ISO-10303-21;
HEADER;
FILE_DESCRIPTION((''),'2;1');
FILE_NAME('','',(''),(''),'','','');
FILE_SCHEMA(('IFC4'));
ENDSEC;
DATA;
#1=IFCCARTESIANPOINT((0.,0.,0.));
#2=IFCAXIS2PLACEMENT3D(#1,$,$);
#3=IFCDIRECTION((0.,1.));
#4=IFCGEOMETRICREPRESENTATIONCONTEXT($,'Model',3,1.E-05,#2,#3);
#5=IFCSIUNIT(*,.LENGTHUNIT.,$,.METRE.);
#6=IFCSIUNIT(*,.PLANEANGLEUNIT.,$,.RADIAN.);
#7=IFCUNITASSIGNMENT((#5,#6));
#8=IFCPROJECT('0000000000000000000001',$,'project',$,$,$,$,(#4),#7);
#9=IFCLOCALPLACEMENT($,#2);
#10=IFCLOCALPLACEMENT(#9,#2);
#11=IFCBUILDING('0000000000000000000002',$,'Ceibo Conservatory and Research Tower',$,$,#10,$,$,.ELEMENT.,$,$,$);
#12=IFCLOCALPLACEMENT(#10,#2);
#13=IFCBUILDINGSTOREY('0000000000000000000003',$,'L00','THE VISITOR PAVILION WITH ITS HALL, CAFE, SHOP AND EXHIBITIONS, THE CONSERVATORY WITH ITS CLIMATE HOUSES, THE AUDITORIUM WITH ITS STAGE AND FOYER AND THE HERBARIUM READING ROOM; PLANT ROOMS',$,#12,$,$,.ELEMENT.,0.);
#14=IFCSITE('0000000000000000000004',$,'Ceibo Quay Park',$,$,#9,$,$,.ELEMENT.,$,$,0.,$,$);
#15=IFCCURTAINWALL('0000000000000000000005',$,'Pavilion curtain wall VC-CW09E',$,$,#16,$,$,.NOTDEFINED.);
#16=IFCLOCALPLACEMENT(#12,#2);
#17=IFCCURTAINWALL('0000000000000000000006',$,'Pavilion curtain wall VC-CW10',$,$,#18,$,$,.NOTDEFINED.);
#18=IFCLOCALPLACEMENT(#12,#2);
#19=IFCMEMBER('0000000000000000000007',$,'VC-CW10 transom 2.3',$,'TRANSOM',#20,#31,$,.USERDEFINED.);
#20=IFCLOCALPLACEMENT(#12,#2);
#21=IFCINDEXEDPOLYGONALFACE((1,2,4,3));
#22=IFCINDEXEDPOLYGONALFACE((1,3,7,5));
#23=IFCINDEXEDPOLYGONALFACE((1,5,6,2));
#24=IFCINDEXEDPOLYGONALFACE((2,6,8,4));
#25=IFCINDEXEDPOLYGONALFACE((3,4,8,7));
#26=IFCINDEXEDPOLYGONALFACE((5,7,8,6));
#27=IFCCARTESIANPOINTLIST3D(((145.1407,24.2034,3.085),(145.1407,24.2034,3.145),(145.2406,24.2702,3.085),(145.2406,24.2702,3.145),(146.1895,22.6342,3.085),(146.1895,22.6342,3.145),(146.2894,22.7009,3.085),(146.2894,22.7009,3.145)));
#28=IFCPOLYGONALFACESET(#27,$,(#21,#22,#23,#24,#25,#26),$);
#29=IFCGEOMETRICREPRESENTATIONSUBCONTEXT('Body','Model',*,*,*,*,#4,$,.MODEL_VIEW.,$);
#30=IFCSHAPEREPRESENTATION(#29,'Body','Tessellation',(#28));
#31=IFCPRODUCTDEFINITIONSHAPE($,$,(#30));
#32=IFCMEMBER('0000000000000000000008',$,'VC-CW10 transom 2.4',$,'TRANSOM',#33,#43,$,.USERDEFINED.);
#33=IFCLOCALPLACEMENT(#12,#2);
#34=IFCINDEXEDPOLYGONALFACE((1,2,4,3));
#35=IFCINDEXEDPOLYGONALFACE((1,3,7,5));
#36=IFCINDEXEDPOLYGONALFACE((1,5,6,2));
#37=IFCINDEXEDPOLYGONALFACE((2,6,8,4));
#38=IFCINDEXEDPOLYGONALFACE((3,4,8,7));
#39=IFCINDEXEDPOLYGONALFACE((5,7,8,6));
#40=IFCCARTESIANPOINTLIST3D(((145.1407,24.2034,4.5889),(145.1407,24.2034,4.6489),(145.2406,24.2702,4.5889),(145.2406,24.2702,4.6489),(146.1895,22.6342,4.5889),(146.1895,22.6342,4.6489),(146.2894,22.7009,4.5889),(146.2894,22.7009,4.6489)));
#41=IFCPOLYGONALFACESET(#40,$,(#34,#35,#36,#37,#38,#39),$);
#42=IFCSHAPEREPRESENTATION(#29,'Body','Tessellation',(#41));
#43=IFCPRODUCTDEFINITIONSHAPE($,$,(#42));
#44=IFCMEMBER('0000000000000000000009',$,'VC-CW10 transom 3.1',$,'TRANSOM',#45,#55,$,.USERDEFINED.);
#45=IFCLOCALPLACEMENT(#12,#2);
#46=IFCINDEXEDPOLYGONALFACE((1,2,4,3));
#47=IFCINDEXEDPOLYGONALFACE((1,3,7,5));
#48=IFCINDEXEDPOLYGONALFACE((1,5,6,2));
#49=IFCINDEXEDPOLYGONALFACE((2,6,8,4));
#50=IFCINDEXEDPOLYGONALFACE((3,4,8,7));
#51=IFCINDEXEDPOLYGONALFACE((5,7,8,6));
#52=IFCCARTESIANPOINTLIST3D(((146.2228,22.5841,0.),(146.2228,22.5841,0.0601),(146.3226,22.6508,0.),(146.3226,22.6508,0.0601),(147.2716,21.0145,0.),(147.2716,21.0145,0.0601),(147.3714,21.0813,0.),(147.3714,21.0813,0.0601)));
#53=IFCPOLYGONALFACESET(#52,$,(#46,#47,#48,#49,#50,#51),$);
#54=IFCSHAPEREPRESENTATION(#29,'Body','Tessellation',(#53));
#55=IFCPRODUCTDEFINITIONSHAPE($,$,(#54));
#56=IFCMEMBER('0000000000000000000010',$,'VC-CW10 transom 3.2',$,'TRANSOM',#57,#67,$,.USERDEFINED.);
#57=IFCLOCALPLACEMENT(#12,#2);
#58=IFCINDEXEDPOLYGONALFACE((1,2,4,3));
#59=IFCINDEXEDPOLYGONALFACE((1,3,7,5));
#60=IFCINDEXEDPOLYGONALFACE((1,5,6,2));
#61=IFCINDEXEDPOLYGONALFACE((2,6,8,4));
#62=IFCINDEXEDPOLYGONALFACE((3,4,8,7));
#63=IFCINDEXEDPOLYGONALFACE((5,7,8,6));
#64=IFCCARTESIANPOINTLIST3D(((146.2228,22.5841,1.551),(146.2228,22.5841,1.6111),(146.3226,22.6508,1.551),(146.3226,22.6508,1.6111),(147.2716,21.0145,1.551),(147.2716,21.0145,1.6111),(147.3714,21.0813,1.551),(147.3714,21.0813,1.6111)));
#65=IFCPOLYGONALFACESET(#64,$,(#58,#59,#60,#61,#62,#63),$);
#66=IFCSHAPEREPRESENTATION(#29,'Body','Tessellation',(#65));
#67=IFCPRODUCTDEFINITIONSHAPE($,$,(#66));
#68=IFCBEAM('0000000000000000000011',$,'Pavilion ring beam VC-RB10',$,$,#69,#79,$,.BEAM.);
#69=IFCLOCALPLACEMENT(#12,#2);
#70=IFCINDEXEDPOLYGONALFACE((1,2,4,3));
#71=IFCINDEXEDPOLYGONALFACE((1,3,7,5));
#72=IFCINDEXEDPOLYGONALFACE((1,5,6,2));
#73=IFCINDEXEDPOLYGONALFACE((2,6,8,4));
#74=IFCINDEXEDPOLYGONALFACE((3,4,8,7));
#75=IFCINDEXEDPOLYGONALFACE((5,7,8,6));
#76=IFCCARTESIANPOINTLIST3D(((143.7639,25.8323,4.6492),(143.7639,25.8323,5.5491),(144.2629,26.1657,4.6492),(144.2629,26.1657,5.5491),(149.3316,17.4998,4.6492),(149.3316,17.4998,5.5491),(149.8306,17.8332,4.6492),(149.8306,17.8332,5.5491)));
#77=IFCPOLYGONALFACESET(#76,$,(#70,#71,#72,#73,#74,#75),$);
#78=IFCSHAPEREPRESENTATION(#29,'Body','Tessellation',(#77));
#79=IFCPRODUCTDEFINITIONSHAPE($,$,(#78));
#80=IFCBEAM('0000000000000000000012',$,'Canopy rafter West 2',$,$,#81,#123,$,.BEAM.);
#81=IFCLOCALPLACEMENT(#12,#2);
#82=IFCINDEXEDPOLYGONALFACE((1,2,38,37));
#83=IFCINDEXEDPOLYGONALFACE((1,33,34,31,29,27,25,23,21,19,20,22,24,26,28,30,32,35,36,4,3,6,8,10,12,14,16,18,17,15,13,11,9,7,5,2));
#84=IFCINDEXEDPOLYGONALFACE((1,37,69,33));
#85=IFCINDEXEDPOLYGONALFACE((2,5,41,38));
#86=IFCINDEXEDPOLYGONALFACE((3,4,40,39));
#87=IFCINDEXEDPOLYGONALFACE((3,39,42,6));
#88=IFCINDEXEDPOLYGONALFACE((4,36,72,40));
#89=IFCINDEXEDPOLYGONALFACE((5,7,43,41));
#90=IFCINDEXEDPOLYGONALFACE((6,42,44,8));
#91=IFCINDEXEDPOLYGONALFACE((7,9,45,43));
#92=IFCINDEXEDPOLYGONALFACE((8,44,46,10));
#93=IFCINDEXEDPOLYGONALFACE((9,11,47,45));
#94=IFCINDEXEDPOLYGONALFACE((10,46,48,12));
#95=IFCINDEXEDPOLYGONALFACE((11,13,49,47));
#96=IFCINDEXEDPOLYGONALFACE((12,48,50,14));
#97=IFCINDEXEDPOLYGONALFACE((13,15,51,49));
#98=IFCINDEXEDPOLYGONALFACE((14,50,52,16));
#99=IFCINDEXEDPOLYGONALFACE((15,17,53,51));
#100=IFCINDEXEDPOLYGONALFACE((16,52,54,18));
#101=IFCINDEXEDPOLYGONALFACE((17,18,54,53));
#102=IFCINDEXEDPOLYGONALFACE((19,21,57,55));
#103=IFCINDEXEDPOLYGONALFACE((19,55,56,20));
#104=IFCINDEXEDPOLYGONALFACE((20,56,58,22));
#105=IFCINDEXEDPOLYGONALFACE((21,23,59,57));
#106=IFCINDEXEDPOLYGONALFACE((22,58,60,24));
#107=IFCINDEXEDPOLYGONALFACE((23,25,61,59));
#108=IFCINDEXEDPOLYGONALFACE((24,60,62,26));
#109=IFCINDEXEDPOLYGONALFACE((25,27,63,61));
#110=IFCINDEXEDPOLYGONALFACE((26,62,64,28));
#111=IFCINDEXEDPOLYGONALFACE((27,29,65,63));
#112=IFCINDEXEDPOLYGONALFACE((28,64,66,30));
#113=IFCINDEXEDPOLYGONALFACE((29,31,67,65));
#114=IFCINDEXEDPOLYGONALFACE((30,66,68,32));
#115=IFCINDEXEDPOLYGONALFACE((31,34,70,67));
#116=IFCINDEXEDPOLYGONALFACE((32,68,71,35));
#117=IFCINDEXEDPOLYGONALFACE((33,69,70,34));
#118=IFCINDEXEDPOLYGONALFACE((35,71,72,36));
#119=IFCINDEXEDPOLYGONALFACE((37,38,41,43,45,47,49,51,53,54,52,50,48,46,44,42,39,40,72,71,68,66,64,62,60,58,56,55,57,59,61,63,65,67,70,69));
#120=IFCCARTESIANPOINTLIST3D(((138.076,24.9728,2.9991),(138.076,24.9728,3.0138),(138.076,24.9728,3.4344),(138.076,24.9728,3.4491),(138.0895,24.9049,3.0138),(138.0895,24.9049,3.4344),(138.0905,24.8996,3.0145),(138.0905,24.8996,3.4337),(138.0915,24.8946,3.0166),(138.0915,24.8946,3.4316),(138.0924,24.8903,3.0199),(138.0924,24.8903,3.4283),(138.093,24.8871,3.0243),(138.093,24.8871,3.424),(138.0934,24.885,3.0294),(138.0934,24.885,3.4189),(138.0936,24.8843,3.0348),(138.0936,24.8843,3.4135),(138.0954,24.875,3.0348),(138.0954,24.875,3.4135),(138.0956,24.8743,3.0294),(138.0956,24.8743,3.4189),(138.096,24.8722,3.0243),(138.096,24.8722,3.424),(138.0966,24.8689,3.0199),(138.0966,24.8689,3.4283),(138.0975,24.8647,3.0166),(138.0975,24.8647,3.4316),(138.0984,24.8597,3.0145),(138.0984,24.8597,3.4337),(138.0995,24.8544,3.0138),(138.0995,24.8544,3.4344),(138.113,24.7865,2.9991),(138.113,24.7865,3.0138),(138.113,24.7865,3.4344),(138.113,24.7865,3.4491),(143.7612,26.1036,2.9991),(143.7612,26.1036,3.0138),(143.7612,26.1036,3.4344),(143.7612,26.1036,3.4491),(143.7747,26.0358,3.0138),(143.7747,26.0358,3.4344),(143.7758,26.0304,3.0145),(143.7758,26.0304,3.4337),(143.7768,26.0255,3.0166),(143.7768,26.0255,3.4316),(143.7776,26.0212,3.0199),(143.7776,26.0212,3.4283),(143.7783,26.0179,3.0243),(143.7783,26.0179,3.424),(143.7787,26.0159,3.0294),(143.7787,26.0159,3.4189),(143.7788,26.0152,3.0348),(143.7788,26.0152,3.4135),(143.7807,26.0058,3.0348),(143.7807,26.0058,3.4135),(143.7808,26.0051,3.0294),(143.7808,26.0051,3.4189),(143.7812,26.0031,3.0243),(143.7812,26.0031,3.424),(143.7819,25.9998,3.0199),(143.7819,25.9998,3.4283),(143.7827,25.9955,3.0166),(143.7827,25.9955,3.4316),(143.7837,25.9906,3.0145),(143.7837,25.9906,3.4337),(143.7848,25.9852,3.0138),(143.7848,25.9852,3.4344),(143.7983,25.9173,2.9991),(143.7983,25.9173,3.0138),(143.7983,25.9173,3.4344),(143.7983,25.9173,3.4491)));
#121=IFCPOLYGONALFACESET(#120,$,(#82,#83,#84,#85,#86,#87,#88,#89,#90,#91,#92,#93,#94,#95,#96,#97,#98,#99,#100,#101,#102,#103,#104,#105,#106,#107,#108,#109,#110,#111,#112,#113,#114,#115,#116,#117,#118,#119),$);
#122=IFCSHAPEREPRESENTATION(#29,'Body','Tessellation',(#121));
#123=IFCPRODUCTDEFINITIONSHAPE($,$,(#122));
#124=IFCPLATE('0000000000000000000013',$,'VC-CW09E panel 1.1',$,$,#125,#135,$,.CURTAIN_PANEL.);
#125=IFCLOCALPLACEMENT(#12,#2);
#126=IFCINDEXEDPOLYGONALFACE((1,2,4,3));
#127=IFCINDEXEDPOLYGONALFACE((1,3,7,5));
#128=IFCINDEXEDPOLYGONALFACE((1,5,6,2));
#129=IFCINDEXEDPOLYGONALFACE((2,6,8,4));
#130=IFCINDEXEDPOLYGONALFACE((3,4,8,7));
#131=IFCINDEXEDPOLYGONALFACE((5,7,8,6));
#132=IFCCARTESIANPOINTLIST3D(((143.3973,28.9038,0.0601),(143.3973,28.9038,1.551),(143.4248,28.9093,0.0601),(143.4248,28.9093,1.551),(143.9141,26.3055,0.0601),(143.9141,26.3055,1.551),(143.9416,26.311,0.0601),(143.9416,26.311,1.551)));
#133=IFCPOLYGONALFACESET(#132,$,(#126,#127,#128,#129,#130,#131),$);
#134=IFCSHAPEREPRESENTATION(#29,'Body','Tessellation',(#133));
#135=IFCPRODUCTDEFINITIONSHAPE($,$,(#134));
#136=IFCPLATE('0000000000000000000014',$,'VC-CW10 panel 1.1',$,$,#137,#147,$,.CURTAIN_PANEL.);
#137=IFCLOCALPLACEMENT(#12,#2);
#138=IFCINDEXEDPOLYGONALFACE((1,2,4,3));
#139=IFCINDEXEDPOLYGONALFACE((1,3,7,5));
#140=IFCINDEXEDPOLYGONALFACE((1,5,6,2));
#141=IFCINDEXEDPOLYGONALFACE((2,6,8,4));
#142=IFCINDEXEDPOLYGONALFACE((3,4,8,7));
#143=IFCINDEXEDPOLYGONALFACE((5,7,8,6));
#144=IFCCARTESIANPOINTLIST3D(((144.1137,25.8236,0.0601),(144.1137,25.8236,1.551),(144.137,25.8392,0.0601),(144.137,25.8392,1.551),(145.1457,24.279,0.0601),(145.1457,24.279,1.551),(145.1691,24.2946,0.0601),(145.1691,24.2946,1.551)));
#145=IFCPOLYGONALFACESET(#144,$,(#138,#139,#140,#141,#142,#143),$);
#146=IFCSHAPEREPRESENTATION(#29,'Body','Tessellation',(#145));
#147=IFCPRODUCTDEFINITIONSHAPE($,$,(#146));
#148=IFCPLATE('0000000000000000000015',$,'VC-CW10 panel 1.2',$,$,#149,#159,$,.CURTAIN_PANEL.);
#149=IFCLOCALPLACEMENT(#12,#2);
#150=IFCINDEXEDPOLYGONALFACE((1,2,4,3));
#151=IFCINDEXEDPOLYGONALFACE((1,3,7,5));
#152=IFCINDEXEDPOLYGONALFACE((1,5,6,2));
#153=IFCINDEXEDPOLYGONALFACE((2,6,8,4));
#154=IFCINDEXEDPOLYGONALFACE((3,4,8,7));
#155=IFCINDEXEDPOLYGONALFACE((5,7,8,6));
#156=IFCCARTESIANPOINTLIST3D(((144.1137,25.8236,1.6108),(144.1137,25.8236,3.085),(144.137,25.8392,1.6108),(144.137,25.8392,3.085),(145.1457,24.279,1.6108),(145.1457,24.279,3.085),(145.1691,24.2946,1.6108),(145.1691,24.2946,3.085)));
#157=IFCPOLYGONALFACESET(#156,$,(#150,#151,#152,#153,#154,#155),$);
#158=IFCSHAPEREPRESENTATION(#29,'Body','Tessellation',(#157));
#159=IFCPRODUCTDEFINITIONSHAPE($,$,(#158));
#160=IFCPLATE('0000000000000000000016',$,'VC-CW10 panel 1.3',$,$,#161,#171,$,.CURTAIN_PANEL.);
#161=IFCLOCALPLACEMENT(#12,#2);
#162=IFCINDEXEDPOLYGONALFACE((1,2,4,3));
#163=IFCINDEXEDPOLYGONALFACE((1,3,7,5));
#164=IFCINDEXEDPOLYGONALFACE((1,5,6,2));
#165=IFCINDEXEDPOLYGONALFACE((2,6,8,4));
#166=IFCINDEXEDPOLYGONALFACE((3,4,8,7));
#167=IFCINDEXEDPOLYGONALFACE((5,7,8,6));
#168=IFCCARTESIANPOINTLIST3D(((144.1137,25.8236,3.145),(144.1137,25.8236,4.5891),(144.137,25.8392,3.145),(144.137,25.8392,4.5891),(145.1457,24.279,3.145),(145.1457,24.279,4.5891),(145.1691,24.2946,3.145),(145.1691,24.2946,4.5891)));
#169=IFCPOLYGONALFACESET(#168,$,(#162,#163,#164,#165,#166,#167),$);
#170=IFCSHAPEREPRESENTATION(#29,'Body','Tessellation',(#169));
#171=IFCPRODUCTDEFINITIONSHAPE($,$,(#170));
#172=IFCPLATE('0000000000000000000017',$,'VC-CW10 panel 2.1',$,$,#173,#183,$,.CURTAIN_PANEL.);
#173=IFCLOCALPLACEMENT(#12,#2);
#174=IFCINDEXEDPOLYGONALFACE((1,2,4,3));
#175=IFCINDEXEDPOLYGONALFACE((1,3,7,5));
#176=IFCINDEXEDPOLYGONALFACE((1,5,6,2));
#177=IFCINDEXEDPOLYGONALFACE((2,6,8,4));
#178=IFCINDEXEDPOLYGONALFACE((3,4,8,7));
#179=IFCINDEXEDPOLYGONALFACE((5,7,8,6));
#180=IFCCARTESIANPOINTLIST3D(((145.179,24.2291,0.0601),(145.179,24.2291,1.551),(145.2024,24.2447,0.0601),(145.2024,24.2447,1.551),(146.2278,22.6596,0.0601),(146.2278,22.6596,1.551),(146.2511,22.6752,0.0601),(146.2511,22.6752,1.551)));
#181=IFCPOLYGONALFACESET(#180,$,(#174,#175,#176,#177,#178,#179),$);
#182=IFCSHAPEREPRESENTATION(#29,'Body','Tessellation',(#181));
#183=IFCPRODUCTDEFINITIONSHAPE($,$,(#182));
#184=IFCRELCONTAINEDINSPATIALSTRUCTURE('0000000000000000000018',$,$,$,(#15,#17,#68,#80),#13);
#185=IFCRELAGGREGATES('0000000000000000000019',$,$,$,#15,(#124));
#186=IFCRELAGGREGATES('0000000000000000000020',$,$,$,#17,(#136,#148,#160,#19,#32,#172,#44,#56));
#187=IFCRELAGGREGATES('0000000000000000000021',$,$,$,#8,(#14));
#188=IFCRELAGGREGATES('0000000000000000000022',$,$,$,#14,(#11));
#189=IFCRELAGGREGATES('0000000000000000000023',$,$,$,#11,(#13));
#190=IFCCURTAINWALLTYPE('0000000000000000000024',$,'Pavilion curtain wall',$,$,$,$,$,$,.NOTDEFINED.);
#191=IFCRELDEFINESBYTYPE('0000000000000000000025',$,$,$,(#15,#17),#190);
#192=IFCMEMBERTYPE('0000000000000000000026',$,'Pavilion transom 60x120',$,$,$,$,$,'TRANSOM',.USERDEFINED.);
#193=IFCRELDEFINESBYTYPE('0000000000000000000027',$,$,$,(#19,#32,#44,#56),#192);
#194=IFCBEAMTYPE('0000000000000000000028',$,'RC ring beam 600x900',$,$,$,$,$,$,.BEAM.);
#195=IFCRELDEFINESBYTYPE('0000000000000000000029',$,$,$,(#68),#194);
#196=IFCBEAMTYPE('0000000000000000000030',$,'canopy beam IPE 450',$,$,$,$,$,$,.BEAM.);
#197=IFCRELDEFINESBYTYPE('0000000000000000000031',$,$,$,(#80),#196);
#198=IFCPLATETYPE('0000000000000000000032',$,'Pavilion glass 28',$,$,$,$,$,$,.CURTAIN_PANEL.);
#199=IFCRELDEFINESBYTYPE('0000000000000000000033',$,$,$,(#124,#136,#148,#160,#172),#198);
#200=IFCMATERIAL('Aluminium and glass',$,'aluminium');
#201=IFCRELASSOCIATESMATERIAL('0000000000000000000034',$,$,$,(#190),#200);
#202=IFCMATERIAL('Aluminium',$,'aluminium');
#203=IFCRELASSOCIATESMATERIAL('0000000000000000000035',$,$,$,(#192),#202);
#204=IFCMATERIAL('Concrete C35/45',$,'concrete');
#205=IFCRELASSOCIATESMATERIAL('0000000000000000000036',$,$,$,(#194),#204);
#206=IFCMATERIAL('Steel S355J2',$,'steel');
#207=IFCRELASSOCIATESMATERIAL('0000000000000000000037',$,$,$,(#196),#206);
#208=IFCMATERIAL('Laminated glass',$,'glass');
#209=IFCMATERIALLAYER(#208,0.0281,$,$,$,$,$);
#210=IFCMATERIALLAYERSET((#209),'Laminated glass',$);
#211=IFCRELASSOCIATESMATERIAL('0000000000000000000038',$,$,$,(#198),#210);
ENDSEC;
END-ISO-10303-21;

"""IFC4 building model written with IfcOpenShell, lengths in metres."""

from ifc_helpers import new_model, si_unit, direction, frame, origin, origin_2d, place, context, subcontext, project, spatial, rectangle, i_section, extrude, material, layer, layer_set, material_profile, profile_set, type_object, element, aggregate, save


model = new_model("IFC4")

# Units and contexts
model_context = context("Model", 3, precision=1e-05, world=origin(), true_north=direction((0.0, 1.0)))
body_context = subcontext(model_context, "Body", "Model", "MODEL_VIEW")
ifc_project = project(units=[si_unit("LENGTHUNIT", "METRE"), si_unit("PLANEANGLEUNIT", "RADIAN")], contexts=[model_context])

# Site, building, storey
site_placement = place(None, origin())
site = spatial("IfcSite", under=ifc_project, at=site_placement, Name="Ceibo Quay Park", CompositionType="ELEMENT", RefElevation=0.0)
building_placement = place(site_placement, origin())
building = spatial("IfcBuilding", under=site, at=building_placement, Name="Ceibo Conservatory and Research Tower", CompositionType="ELEMENT")
storey_placement = place(building_placement, origin())
storey = spatial("IfcBuildingStorey", under=building, at=storey_placement, Name="L00", Description="THE VISITOR PAVILION WITH ITS HALL, CAFE, SHOP AND EXHIBITIONS, THE CONSERVATORY WITH ITS CLIMATE HOUSES, THE AUDITORIUM WITH ITS STAGE AND FOYER AND THE HERBARIUM READING ROOM; PLANT ROOMS", CompositionType="ELEMENT", Elevation=0.0)

# Shared definitions
ifc_material_1 = material(Name="Concrete C35/45", Category="concrete")

# Curtain wall
ifc_material_2 = material(Name="Aluminium and glass", Category="aluminium")
curtain_wall_type = type_object("IfcCurtainWallType", Name="Pavilion curtain wall", PredefinedType="NOTDEFINED", material=ifc_material_2)
curtain_wall_1_placement = place(storey_placement, origin())
curtain_wall_1 = element("IfcCurtainWall", 1, at=curtain_wall_1_placement, inside=storey, type_object=curtain_wall_type, Name="Pavilion curtain wall VC-CW09E", PredefinedType="NOTDEFINED")
ifc_material_3 = material(Name="Aluminium", Category="aluminium")

# Curtain wall, members
curtain_wall_2_placement = place(storey_placement, origin())
curtain_wall_2 = element("IfcCurtainWall", 2, at=curtain_wall_2_placement, inside=storey, type_object=curtain_wall_type, Name="Pavilion curtain wall VC-CW10", PredefinedType="NOTDEFINED")
ifc_material_profile_1 = material_profile(ifc_material_3, rectangle(XDim=0.1201, YDim=0.0601, at=origin_2d()), Name="AL 60x120")
ifc_profile_set_1 = profile_set([ifc_material_profile_1], Name="Aluminium")
member_type_1 = type_object("IfcMemberType", Name="Pavilion transom 60x120", ElementType="TRANSOM", PredefinedType="USERDEFINED", material=ifc_profile_set_1)
member_1_placement = place(storey_placement, frame((145.1907, 24.2368, 3.115), z_axis=(0.555655, -0.831413, 0.0), x_axis=(0.831413, 0.555655, 0.0)))
member_1 = element("IfcMember", 3, at=member_1_placement, type_object=member_type_1, Name="VC-CW10 transom 2.3", ObjectType="TRANSOM", PredefinedType="USERDEFINED", context=body_context, shape_type="SweptSolid", body=[
    extrude(rectangle(XDim=0.1201, YDim=0.0601, at=origin_2d()), origin(), (0.0, 0.0, 1.0), 1.8875),
])
member_2_placement = place(storey_placement, frame((145.1907, 24.2368, 4.6189), z_axis=(0.555655, -0.831413, 0.0), x_axis=(0.831413, 0.555655, 0.0)))
member_2 = element("IfcMember", 4, at=member_2_placement, type_object=member_type_1, Name="VC-CW10 transom 2.4", ObjectType="TRANSOM", PredefinedType="USERDEFINED", context=body_context, shape_type="SweptSolid", body=[
    extrude(rectangle(XDim=0.1201, YDim=0.0601, at=origin_2d()), origin(), (0.0, 0.0, 1.0), 1.8875),
])
member_3_placement = place(storey_placement, frame((146.2727, 22.6174, 0.03), z_axis=(0.555595, -0.831453, 0.0), x_axis=(0.831453, 0.555595, 0.0)))
member_3 = element("IfcMember", 5, at=member_3_placement, type_object=member_type_1, Name="VC-CW10 transom 3.1", ObjectType="TRANSOM", PredefinedType="USERDEFINED", context=body_context, shape_type="SweptSolid", body=[
    extrude(rectangle(XDim=0.1201, YDim=0.0601, at=origin_2d()), origin(), (0.0, 0.0, 1.0), 1.8877),
])
member_4_placement = place(storey_placement, frame((146.2727, 22.6174, 1.5811), z_axis=(0.555595, -0.831453, 0.0), x_axis=(0.831453, 0.555595, 0.0)))
member_4 = element("IfcMember", 6, at=member_4_placement, type_object=member_type_1, Name="VC-CW10 transom 3.2", ObjectType="TRANSOM", PredefinedType="USERDEFINED", context=body_context, shape_type="SweptSolid", body=[
    extrude(rectangle(XDim=0.1201, YDim=0.0601, at=origin_2d()), origin(), (0.0, 0.0, 1.0), 1.8877),
])

# Beams
ifc_material_profile_2 = material_profile(ifc_material_1, rectangle(XDim=0.6001, YDim=0.8999, at=origin_2d()), Name="RC 600x900")
ifc_profile_set_2 = profile_set([ifc_material_profile_2], Name="Concrete C35/45")
beam_type_1 = type_object("IfcBeamType", Name="RC ring beam 600x900", PredefinedType="BEAM", material=ifc_profile_set_2)
beam_1_placement = place(storey_placement, frame((144.0134, 25.999, 5.0991), z_axis=(0.555571, -0.831469, 0.0), x_axis=(0.831469, 0.555571, 0.0)))
element("IfcBeam", 7, at=beam_1_placement, inside=storey, type_object=beam_type_1, Name="Pavilion ring beam VC-RB10", PredefinedType="BEAM", context=body_context, shape_type="SweptSolid", body=[
    extrude(rectangle(XDim=0.6001, YDim=0.8999, at=origin_2d()), origin(), (0.0, 0.0, 1.0), 10.0215),
])
ifc_material_4 = material(Name="Steel S355J2", Category="steel")
ifc_material_profile_3 = material_profile(ifc_material_4, i_section(OverallWidth=0.1899, OverallDepth=0.45, WebThickness=0.0095, FlangeThickness=0.0146, FilletRadius=0.021, at=origin_2d()), Name="IPE 450")
ifc_profile_set_3 = profile_set([ifc_material_profile_3], Name="Steel S355J2")
beam_type_2 = type_object("IfcBeamType", Name="canopy beam IPE 450", PredefinedType="BEAM", material=ifc_profile_set_3)
beam_2_placement = place(storey_placement, frame((138.0945, 24.8796, 3.2241), z_axis=(0.980786, 0.195087, 0.0), x_axis=(-0.195087, 0.980786, 0.0)))
element("IfcBeam", 8, at=beam_2_placement, inside=storey, type_object=beam_type_2, Name="Canopy rafter West 2", PredefinedType="BEAM", context=body_context, shape_type="SweptSolid", body=[
    extrude(i_section(OverallWidth=0.1899, OverallDepth=0.45, WebThickness=0.0095, FlangeThickness=0.0146, FilletRadius=0.021, at=origin_2d()), origin(), (0.0, 0.0, 1.0), 5.7966),
])

# Plates
ifc_material_5 = material(Name="Laminated glass", Category="glass")
ifc_layer_1 = layer(ifc_material_5, 0.0281)
ifc_layer_set_1 = layer_set([ifc_layer_1], Name="Laminated glass")
plate_type = type_object("IfcPlateType", Name="Pavilion glass 28", PredefinedType="CURTAIN_PANEL", material=ifc_layer_set_1)
plate_1_placement = place(storey_placement, frame((143.6694, 27.6074, 0.0601), z_axis=(0.0, 0.0, 1.0), x_axis=(0.19509, -0.980785, 0.0)))
plate_1 = element("IfcPlate", 9, at=plate_1_placement, type_object=plate_type, Name="VC-CW09E panel 1.1", PredefinedType="CURTAIN_PANEL", context=body_context, shape_type="SweptSolid", body=[
    extrude(rectangle(XDim=2.6492, YDim=0.0281, at=origin_2d()), origin(), (0.0, 0.0, 1.0), 1.491),
])
aggregate(curtain_wall_1, [plate_1])
plate_2_placement = place(storey_placement, frame((144.6414, 25.0591, 0.0601), z_axis=(0.0, 0.0, 1.0), x_axis=(0.55557, -0.83147, 0.0)))
plate_2 = element("IfcPlate", 10, at=plate_2_placement, type_object=plate_type, Name="VC-CW10 panel 1.1", PredefinedType="CURTAIN_PANEL", context=body_context, shape_type="SweptSolid", body=[
    extrude(rectangle(XDim=1.8577, YDim=0.0281, at=origin_2d()), origin(), (0.0, 0.0, 1.0), 1.491),
])
plate_3_placement = place(storey_placement, frame((144.6414, 25.0591, 1.6108), z_axis=(0.0, 0.0, 1.0), x_axis=(0.55557, -0.83147, 0.0)))
plate_3 = element("IfcPlate", 11, at=plate_3_placement, type_object=plate_type, Name="VC-CW10 panel 1.2", PredefinedType="CURTAIN_PANEL", context=body_context, shape_type="SweptSolid", body=[
    extrude(rectangle(XDim=1.8577, YDim=0.0281, at=origin_2d()), origin(), (0.0, 0.0, 1.0), 1.4741),
])
plate_4_placement = place(storey_placement, frame((144.6414, 25.0591, 3.145), z_axis=(0.0, 0.0, 1.0), x_axis=(0.55557, -0.83147, 0.0)))
plate_4 = element("IfcPlate", 12, at=plate_4_placement, type_object=plate_type, Name="VC-CW10 panel 1.3", PredefinedType="CURTAIN_PANEL", context=body_context, shape_type="SweptSolid", body=[
    extrude(rectangle(XDim=1.8577, YDim=0.0281, at=origin_2d()), origin(), (0.0, 0.0, 1.0), 1.4441),
])
plate_5_placement = place(storey_placement, frame((145.7151, 23.4521, 0.0601), z_axis=(0.0, 0.0, 1.0), x_axis=(0.55557, -0.83147, 0.0)))
plate_5 = element("IfcPlate", 13, at=plate_5_placement, type_object=plate_type, Name="VC-CW10 panel 2.1", PredefinedType="CURTAIN_PANEL", context=body_context, shape_type="SweptSolid", body=[
    extrude(rectangle(XDim=1.8877, YDim=0.0281, at=origin_2d()), origin(), (0.0, 0.0, 1.0), 1.491),
])
aggregate(curtain_wall_2, [plate_2, plate_3, plate_4, member_1, member_2, plate_5, member_3, member_4])

save(model, "model.ifc")
